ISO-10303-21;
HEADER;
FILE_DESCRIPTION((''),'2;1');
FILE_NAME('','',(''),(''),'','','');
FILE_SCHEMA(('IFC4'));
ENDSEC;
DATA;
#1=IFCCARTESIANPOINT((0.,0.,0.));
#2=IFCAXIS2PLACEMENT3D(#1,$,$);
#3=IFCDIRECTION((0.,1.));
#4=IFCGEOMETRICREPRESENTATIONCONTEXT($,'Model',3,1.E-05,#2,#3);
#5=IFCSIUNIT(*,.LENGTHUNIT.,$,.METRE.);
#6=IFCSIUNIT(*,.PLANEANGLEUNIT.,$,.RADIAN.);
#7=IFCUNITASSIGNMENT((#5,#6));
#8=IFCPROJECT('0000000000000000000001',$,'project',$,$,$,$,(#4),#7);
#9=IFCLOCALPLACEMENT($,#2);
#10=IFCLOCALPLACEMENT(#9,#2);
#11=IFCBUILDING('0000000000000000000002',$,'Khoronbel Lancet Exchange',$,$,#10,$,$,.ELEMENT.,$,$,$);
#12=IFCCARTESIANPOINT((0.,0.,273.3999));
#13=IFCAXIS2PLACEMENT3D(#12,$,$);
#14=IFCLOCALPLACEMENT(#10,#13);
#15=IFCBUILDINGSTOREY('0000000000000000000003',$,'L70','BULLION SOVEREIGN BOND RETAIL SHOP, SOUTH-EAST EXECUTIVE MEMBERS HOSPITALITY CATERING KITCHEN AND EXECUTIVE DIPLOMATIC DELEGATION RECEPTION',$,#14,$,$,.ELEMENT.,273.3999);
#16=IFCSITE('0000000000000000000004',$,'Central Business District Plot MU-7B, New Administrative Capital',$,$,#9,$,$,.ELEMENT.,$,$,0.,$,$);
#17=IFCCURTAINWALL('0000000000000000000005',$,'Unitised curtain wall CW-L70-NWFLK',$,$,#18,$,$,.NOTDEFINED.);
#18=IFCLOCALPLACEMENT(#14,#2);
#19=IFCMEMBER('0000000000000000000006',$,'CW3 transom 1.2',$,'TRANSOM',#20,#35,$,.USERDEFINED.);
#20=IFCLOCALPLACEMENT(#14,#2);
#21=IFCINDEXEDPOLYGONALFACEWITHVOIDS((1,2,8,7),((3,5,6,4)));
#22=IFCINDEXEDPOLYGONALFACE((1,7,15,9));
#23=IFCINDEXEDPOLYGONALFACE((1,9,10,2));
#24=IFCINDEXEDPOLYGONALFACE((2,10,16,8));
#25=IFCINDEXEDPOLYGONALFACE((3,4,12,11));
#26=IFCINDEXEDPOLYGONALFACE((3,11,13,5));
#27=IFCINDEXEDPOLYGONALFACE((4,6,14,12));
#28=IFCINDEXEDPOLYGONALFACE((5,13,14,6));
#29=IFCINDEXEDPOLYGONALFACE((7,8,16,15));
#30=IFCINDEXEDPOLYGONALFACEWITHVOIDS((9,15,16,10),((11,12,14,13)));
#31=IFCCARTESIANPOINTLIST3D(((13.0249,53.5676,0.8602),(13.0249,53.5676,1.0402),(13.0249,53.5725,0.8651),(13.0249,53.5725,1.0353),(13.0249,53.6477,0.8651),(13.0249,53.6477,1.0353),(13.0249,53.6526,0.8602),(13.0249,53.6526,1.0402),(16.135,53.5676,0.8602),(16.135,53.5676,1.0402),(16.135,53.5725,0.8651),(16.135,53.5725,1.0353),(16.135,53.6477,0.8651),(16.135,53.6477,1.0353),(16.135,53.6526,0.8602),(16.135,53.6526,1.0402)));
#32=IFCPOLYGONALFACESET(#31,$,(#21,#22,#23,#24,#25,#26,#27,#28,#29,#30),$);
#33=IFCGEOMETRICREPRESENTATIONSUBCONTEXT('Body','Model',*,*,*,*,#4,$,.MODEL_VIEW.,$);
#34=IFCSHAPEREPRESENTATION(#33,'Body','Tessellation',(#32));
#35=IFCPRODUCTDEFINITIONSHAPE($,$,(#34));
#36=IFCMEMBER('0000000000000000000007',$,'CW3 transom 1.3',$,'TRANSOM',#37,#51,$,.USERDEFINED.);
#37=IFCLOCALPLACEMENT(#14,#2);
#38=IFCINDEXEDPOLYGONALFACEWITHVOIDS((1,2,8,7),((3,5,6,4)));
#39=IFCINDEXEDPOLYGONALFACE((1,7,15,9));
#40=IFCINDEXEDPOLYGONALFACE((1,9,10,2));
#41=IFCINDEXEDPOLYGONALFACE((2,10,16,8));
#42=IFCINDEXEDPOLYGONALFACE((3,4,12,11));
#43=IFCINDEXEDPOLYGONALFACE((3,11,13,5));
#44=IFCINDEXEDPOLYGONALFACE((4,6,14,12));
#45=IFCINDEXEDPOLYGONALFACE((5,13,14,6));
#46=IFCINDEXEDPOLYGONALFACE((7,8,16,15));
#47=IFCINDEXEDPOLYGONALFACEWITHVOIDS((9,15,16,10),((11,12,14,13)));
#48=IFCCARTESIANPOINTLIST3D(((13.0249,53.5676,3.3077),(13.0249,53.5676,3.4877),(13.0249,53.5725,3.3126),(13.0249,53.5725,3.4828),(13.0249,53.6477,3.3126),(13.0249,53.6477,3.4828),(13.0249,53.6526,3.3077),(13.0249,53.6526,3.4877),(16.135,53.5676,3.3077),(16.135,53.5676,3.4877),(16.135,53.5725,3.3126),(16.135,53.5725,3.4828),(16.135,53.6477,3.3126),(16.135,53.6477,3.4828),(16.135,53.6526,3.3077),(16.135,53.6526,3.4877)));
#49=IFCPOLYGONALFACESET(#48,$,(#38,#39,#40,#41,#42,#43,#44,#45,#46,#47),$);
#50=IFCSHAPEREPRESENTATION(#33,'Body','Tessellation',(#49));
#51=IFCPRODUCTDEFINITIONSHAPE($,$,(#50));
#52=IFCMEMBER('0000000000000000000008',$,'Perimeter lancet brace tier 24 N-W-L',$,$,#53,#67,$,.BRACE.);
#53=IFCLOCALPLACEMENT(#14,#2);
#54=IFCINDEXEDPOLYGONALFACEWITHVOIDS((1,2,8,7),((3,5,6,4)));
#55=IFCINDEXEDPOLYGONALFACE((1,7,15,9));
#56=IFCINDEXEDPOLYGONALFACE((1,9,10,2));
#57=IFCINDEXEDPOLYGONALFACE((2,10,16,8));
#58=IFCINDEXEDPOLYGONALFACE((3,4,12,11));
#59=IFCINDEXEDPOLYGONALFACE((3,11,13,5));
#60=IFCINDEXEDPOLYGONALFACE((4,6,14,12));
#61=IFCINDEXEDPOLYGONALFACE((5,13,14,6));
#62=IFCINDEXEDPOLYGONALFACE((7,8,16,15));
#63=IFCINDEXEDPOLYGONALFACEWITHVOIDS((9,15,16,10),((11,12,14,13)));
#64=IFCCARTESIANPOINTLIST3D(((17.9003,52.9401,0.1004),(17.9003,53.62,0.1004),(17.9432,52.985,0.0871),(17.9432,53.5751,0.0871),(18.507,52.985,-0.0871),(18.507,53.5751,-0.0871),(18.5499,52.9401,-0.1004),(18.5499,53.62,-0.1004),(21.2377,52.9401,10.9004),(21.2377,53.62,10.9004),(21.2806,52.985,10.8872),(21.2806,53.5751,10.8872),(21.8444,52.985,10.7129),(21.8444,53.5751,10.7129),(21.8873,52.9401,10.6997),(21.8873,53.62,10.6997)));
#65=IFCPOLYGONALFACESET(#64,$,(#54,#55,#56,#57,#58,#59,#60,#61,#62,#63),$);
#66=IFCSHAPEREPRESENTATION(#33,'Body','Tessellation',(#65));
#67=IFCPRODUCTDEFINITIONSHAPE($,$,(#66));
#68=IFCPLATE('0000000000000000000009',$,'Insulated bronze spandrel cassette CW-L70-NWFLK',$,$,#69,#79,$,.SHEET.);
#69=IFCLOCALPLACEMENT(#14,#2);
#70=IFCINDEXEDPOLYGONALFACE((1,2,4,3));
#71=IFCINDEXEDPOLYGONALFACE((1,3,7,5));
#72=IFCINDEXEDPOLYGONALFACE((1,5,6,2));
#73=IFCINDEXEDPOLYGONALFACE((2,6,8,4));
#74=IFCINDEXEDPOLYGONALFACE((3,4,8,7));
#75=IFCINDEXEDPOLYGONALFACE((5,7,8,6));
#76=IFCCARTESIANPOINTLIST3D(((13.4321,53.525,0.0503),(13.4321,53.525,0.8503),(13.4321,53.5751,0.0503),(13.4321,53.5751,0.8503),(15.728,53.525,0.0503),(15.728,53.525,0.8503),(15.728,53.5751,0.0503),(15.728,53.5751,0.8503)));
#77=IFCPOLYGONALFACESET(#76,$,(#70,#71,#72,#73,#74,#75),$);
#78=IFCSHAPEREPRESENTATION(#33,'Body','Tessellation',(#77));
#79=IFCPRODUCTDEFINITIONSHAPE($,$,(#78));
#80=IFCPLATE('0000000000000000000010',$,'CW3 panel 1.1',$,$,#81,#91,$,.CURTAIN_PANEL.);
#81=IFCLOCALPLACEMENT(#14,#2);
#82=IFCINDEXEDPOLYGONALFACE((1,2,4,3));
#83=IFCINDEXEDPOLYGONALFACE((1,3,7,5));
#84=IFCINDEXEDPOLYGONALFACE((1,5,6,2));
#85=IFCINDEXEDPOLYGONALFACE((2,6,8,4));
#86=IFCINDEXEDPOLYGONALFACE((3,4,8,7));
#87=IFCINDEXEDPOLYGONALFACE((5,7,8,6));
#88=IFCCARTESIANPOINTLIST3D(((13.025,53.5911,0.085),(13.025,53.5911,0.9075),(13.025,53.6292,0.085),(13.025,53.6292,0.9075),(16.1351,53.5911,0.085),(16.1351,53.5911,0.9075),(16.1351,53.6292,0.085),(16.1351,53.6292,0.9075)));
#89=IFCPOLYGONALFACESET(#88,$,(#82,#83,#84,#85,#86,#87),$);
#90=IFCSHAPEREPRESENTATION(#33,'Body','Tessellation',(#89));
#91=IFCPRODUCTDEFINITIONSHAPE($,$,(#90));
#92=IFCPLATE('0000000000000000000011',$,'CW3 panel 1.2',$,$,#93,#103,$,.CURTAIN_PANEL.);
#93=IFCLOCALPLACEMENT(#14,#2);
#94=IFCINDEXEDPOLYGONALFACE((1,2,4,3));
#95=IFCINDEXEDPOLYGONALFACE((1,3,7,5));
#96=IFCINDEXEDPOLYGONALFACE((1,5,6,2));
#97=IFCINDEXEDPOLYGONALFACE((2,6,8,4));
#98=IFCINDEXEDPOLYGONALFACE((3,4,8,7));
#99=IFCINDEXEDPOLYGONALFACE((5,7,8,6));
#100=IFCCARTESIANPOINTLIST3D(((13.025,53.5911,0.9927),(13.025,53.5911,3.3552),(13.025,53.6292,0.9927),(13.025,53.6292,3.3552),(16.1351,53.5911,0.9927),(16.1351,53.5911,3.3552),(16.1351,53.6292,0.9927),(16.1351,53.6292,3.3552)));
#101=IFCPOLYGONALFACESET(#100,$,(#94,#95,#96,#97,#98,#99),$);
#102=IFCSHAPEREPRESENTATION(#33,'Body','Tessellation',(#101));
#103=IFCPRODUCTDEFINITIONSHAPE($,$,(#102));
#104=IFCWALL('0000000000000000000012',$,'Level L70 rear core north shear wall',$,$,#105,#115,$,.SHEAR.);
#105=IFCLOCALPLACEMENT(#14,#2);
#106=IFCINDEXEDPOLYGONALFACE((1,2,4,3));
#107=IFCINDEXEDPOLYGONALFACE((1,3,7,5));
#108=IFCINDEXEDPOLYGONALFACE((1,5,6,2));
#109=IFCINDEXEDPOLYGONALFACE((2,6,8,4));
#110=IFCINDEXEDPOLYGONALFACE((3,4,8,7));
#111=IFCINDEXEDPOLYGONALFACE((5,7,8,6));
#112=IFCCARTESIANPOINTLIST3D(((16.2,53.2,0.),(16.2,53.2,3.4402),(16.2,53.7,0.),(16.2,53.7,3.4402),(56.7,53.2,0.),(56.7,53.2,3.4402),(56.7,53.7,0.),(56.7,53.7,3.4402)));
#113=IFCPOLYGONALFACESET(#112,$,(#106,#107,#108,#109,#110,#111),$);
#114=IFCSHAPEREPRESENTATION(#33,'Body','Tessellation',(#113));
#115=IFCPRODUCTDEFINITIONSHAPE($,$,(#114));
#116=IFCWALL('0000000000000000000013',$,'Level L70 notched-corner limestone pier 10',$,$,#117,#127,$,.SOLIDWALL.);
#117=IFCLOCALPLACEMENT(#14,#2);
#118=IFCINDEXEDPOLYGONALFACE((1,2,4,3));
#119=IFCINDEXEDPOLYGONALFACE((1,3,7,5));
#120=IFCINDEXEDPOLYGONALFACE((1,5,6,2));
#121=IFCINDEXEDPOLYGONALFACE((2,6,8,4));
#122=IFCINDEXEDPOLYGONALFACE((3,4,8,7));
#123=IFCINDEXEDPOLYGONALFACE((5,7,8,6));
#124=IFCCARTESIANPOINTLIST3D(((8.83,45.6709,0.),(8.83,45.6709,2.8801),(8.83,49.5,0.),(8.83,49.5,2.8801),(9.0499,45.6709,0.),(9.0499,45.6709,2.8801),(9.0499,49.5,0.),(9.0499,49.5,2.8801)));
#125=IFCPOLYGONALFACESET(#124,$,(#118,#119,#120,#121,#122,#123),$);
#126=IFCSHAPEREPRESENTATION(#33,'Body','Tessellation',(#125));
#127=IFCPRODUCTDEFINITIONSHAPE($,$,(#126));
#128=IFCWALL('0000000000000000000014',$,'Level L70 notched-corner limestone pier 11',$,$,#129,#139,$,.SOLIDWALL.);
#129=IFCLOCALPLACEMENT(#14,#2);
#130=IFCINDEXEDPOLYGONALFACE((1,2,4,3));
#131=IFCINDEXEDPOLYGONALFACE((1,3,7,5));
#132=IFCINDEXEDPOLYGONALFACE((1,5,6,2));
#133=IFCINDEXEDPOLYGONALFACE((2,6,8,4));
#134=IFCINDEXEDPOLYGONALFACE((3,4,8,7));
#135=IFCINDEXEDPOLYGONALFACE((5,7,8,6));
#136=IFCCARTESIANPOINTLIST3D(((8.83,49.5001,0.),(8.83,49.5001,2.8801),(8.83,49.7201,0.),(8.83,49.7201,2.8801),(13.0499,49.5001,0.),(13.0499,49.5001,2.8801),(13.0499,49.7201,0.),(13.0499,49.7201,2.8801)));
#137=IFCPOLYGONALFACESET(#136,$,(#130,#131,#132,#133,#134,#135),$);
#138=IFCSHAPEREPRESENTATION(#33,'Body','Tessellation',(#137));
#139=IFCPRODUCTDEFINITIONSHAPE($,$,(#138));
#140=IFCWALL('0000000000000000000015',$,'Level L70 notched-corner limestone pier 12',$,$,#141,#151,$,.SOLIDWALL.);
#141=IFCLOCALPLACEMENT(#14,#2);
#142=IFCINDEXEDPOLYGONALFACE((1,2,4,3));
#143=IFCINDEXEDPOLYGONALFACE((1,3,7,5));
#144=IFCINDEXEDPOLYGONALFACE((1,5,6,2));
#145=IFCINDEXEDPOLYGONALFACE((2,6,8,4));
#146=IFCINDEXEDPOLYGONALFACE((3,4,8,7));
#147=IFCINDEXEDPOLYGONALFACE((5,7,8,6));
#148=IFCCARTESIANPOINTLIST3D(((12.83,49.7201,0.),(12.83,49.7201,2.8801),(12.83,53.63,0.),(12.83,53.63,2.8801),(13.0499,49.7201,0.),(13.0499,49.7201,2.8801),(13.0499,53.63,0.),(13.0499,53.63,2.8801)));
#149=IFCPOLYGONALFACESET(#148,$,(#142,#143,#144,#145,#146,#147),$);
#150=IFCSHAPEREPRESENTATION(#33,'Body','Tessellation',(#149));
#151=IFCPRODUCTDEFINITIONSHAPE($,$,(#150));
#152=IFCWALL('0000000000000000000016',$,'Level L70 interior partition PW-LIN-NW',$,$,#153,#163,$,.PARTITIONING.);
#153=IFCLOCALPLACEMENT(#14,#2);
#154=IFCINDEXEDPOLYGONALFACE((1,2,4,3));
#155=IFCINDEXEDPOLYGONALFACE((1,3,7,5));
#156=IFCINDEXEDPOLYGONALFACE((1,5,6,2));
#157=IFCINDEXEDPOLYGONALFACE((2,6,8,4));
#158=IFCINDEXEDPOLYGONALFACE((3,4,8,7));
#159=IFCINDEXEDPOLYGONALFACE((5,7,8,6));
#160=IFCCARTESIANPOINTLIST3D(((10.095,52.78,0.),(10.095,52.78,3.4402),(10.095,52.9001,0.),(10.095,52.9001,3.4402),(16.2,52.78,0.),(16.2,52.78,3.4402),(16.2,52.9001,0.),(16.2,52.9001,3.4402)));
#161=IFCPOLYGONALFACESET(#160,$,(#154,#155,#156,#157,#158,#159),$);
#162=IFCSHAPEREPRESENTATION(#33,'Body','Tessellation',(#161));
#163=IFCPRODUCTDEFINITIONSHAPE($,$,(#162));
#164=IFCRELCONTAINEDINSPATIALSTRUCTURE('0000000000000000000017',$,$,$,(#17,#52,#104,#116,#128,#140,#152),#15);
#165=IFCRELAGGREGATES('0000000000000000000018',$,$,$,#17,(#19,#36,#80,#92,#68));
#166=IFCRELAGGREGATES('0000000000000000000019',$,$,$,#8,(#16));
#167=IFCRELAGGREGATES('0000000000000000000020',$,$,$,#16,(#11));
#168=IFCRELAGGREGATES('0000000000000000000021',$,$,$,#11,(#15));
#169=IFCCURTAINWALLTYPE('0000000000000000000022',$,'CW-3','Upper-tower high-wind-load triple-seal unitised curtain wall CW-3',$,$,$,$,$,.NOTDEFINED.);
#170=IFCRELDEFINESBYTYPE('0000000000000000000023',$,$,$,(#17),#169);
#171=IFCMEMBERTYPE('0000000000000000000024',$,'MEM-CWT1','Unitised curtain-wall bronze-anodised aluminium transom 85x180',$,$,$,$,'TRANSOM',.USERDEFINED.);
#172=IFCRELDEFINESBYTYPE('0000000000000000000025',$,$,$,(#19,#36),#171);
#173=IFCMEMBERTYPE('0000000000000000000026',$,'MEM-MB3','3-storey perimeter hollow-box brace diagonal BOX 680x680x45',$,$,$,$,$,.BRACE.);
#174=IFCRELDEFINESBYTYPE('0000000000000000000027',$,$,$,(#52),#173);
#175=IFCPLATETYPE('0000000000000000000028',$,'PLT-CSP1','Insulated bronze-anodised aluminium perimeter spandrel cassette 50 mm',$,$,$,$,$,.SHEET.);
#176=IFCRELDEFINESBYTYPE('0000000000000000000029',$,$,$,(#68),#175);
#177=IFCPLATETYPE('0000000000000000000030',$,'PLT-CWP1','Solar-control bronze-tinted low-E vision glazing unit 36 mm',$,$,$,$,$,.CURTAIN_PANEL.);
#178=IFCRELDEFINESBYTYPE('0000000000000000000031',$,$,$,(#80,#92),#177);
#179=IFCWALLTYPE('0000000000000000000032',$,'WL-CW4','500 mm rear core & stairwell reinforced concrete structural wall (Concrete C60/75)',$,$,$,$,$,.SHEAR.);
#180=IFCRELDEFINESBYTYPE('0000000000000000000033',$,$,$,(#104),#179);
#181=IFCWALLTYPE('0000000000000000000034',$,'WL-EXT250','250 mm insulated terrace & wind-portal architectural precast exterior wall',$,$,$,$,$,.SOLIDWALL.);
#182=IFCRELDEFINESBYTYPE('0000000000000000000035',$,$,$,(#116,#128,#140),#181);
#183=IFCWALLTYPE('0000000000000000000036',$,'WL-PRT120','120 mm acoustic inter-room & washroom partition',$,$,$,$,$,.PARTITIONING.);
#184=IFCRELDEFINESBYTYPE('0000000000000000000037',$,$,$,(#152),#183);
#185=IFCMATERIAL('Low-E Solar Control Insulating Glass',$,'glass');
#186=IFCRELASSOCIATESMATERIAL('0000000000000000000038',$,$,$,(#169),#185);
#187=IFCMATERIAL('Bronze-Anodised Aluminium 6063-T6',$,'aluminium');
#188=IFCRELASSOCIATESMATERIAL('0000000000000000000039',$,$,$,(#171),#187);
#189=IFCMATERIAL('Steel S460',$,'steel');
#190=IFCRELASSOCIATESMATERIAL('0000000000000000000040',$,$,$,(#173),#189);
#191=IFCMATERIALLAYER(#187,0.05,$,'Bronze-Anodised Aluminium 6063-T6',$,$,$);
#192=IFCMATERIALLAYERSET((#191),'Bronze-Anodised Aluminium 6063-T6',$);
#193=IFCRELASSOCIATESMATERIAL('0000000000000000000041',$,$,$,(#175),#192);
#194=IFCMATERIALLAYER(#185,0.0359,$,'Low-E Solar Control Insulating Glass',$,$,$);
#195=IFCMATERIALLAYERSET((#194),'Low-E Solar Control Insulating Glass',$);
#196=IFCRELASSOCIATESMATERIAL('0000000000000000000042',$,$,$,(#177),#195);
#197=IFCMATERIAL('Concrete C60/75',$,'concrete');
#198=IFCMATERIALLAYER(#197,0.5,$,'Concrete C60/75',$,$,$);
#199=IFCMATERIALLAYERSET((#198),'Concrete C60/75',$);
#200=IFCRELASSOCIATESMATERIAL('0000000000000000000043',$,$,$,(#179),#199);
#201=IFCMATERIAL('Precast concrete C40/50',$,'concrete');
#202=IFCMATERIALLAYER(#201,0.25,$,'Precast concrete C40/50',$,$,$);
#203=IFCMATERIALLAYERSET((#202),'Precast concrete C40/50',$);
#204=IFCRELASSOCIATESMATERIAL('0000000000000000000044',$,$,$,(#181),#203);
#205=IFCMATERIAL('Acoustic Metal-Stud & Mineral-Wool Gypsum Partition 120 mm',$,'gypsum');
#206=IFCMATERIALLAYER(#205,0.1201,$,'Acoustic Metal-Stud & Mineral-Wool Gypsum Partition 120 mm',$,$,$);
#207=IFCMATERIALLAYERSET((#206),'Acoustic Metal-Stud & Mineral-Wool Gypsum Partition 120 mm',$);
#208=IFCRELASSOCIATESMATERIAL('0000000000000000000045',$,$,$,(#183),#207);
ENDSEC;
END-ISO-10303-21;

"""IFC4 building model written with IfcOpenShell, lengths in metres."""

from ifc_helpers import new_model, si_unit, direction, frame, frame_2d, origin, origin_2d, place, context, subcontext, project, spatial, rectangle, hollow_rectangle, extrude, material, layer, layer_set, material_profile, profile_set, type_object, element, aggregate, save


model = new_model("IFC4")

# Units and contexts
model_context = context("Model", 3, precision=1e-05, world=origin(), true_north=direction((0.0, 1.0)))
body_context = subcontext(model_context, "Body", "Model", "MODEL_VIEW")
ifc_project = project(units=[si_unit("LENGTHUNIT", "METRE"), si_unit("PLANEANGLEUNIT", "RADIAN")], contexts=[model_context])

# Site, building, storey
site_placement = place(None, origin())
site = spatial("IfcSite", under=ifc_project, at=site_placement, Name="Central Business District Plot MU-7B, New Administrative Capital", CompositionType="ELEMENT", RefElevation=0.0)
building_placement = place(site_placement, origin())
building = spatial("IfcBuilding", under=site, at=building_placement, Name="Khoronbel Lancet Exchange", CompositionType="ELEMENT")
storey_placement = place(building_placement, frame((0.0, 0.0, 273.3999)))
storey = spatial("IfcBuildingStorey", under=building, at=storey_placement, Name="L70", Description="BULLION SOVEREIGN BOND RETAIL SHOP, SOUTH-EAST EXECUTIVE MEMBERS HOSPITALITY CATERING KITCHEN AND EXECUTIVE DIPLOMATIC DELEGATION RECEPTION", CompositionType="ELEMENT", Elevation=273.3999)

# Shared definitions
ifc_material_1 = material(Name="Steel S460", Category="steel")

# Curtain wall, members
ifc_material_2 = material(Name="Low-E Solar Control Insulating Glass", Category="glass")
curtain_wall_type = type_object("IfcCurtainWallType", Name="CW-3", Description="Upper-tower high-wind-load triple-seal unitised curtain wall CW-3", PredefinedType="NOTDEFINED", material=ifc_material_2)
curtain_wall_placement = place(storey_placement, origin())
curtain_wall = element("IfcCurtainWall", 1, at=curtain_wall_placement, inside=storey, type_object=curtain_wall_type, Name="Unitised curtain wall CW-L70-NWFLK", PredefinedType="NOTDEFINED")
ifc_material_3 = material(Name="Bronze-Anodised Aluminium 6063-T6", Category="aluminium")
ifc_material_profile_1 = material_profile(ifc_material_3, hollow_rectangle(XDim=0.085, YDim=0.1799, WallThickness=0.0049, at=origin_2d()), Name="ALU TRANSOM 85x180")
ifc_profile_set_1 = profile_set([ifc_material_profile_1], Name="Bronze-Anodised Aluminium 6063-T6")
member_type_1 = type_object("IfcMemberType", Name="MEM-CWT1", Description="Unitised curtain-wall bronze-anodised aluminium transom 85x180", ElementType="TRANSOM", PredefinedType="USERDEFINED", material=ifc_profile_set_1)
member_1_placement = place(storey_placement, frame((16.135, 53.6101, 0.9502), z_axis=(-1.0, 0.0, 0.0), x_axis=(0.0, -1.0, 0.0)))
member_1 = element("IfcMember", 2, at=member_1_placement, type_object=member_type_1, Name="CW3 transom 1.2", ObjectType="TRANSOM", PredefinedType="USERDEFINED", context=body_context, shape_type="SweptSolid", body=[
    extrude(hollow_rectangle(XDim=0.085, YDim=0.1799, WallThickness=0.0049, at=origin_2d()), origin(), (0.0, 0.0, 1.0), 3.1101),
])
member_2_placement = place(storey_placement, frame((16.135, 53.6101, 3.3977), z_axis=(-1.0, 0.0, 0.0), x_axis=(0.0, -1.0, 0.0)))
member_2 = element("IfcMember", 3, at=member_2_placement, type_object=member_type_1, Name="CW3 transom 1.3", ObjectType="TRANSOM", PredefinedType="USERDEFINED", context=body_context, shape_type="SweptSolid", body=[
    extrude(hollow_rectangle(XDim=0.085, YDim=0.1799, WallThickness=0.0049, at=origin_2d()), origin(), (0.0, 0.0, 1.0), 3.1101),
])

# Member
ifc_material_profile_2 = material_profile(ifc_material_1, hollow_rectangle(XDim=0.6799, YDim=0.6799, WallThickness=0.0449, at=origin_2d()), Name="BOX 680x680x45")
ifc_profile_set_2 = profile_set([ifc_material_profile_2], Name="Steel S460")
member_type_2 = type_object("IfcMemberType", Name="MEM-MB3", Description="3-storey perimeter hollow-box brace diagonal BOX 680x680x45", PredefinedType="BRACE", material=ifc_profile_set_2)
member_3_placement = place(storey_placement, frame((18.2251, 53.28, 0.0), z_axis=(0.295242, 0.0, 0.955422), x_axis=(0.0, 1.0, 0.0)))
element("IfcMember", 4, at=member_3_placement, inside=storey, type_object=member_type_2, Name="Perimeter lancet brace tier 24 N-W-L", PredefinedType="BRACE", context=body_context, shape_type="SweptSolid", body=[
    extrude(hollow_rectangle(XDim=0.6799, YDim=0.6799, WallThickness=0.0449, at=origin_2d()), origin(), (0.0, 0.0, 1.0), 11.304),
])

# Plates
ifc_layer_1 = layer(ifc_material_3, 0.05, Name="Bronze-Anodised Aluminium 6063-T6")
ifc_layer_set_1 = layer_set([ifc_layer_1], Name="Bronze-Anodised Aluminium 6063-T6")
plate_type_1 = type_object("IfcPlateType", Name="PLT-CSP1", Description="Insulated bronze-anodised aluminium perimeter spandrel cassette 50 mm", PredefinedType="SHEET", material=ifc_layer_set_1)
plate_1_placement = place(storey_placement, frame((14.5801, 53.55, 0.0503), z_axis=(0.0, 0.0, 1.0), x_axis=(-1.0, 0.0, 0.0)))
plate_1 = element("IfcPlate", 5, at=plate_1_placement, type_object=plate_type_1, Name="Insulated bronze spandrel cassette CW-L70-NWFLK", PredefinedType="SHEET", context=body_context, shape_type="SweptSolid", body=[
    extrude(rectangle(XDim=2.2959, YDim=0.05, at=origin_2d()), origin(), (0.0, 0.0, 1.0), 0.8),
])
ifc_layer_2 = layer(ifc_material_2, 0.0359, Name="Low-E Solar Control Insulating Glass")
ifc_layer_set_2 = layer_set([ifc_layer_2], Name="Low-E Solar Control Insulating Glass")
plate_type_2 = type_object("IfcPlateType", Name="PLT-CWP1", Description="Solar-control bronze-tinted low-E vision glazing unit 36 mm", PredefinedType="CURTAIN_PANEL", material=ifc_layer_set_2)
plate_2_placement = place(storey_placement, frame((14.5801, 53.6101, 0.085), z_axis=(0.0, 0.0, 1.0), x_axis=(-1.0, 0.0, 0.0)))
plate_2 = element("IfcPlate", 6, at=plate_2_placement, type_object=plate_type_2, Name="CW3 panel 1.1", PredefinedType="CURTAIN_PANEL", context=body_context, shape_type="SweptSolid", body=[
    extrude(rectangle(XDim=3.1101, YDim=0.0381, at=origin_2d()), origin(), (0.0, 0.0, 1.0), 0.8225),
])
plate_3_placement = place(storey_placement, frame((14.5801, 53.6101, 0.9927), z_axis=(0.0, 0.0, 1.0), x_axis=(-1.0, 0.0, 0.0)))
plate_3 = element("IfcPlate", 7, at=plate_3_placement, type_object=plate_type_2, Name="CW3 panel 1.2", PredefinedType="CURTAIN_PANEL", context=body_context, shape_type="SweptSolid", body=[
    extrude(rectangle(XDim=3.1101, YDim=0.0381, at=origin_2d()), origin(), (0.0, 0.0, 1.0), 2.3625),
])
aggregate(curtain_wall, [member_1, member_2, plate_2, plate_3, plate_1])

# Walls
ifc_material_4 = material(Name="Concrete C60/75", Category="concrete")
ifc_layer_3 = layer(ifc_material_4, 0.5, Name="Concrete C60/75")
ifc_layer_set_3 = layer_set([ifc_layer_3], Name="Concrete C60/75")
wall_type_1 = type_object("IfcWallType", Name="WL-CW4", Description="500 mm rear core & stairwell reinforced concrete structural wall (Concrete C60/75)", PredefinedType="SHEAR", material=ifc_layer_set_3)
wall_1_placement = place(storey_placement, frame((16.2, 53.45, 0.0), z_axis=(0.0, 0.0, 1.0), x_axis=(1.0, 0.0, 0.0)))
element("IfcWall", 8, at=wall_1_placement, inside=storey, type_object=wall_type_1, Name="Level L70 rear core north shear wall", PredefinedType="SHEAR", context=body_context, shape_type="SweptSolid", body=[
    extrude(rectangle(XDim=40.5, YDim=0.5, at=frame_2d((20.25, 0.0))), origin(), (0.0, 0.0, 1.0), 3.4402),
])
ifc_material_5 = material(Name="Precast concrete C40/50", Category="concrete")
ifc_layer_4 = layer(ifc_material_5, 0.25, Name="Precast concrete C40/50")
ifc_layer_set_4 = layer_set([ifc_layer_4], Name="Precast concrete C40/50")
wall_type_2 = type_object("IfcWallType", Name="WL-EXT250", Description="250 mm insulated terrace & wind-portal architectural precast exterior wall", PredefinedType="SOLIDWALL", material=ifc_layer_set_4)
wall_2_placement = place(storey_placement, frame((8.9399, 45.6709, 0.0), z_axis=(0.0, 0.0, 1.0), x_axis=(0.0, 1.0, 0.0)))
element("IfcWall", 9, at=wall_2_placement, inside=storey, type_object=wall_type_2, Name="Level L70 notched-corner limestone pier 10", PredefinedType="SOLIDWALL", context=body_context, shape_type="SweptSolid", body=[
    extrude(rectangle(XDim=3.8291, YDim=0.22, at=frame_2d((1.9146, 0.0))), origin(), (0.0, 0.0, 1.0), 2.8801),
])
wall_3_placement = place(storey_placement, frame((8.8301, 49.6101, 0.0), z_axis=(0.0, 0.0, 1.0), x_axis=(1.0, 0.0, 0.0)))
element("IfcWall", 10, at=wall_3_placement, inside=storey, type_object=wall_type_2, Name="Level L70 notched-corner limestone pier 11", PredefinedType="SOLIDWALL", context=body_context, shape_type="SweptSolid", body=[
    extrude(rectangle(XDim=4.22, YDim=0.22, at=frame_2d((2.1099, 0.0))), origin(), (0.0, 0.0, 1.0), 2.8801),
])
wall_4_placement = place(storey_placement, frame((12.9399, 49.72, 0.0), z_axis=(0.0, 0.0, 1.0), x_axis=(0.0, 1.0, 0.0)))
element("IfcWall", 11, at=wall_4_placement, inside=storey, type_object=wall_type_2, Name="Level L70 notched-corner limestone pier 12", PredefinedType="SOLIDWALL", context=body_context, shape_type="SweptSolid", body=[
    extrude(rectangle(XDim=3.9099, YDim=0.22, at=frame_2d((1.9551, 0.0))), origin(), (0.0, 0.0, 1.0), 2.8801),
])
ifc_material_6 = material(Name="Acoustic Metal-Stud & Mineral-Wool Gypsum Partition 120 mm", Category="gypsum")
ifc_layer_5 = layer(ifc_material_6, 0.1201, Name="Acoustic Metal-Stud & Mineral-Wool Gypsum Partition 120 mm")
ifc_layer_set_5 = layer_set([ifc_layer_5], Name="Acoustic Metal-Stud & Mineral-Wool Gypsum Partition 120 mm")
wall_type_3 = type_object("IfcWallType", Name="WL-PRT120", Description="120 mm acoustic inter-room & washroom partition", PredefinedType="PARTITIONING", material=ifc_layer_set_5)
wall_5_placement = place(storey_placement, frame((10.095, 52.8401, 0.0), z_axis=(0.0, 0.0, 1.0), x_axis=(1.0, 0.0, 0.0)))
element("IfcWall", 12, at=wall_5_placement, inside=storey, type_object=wall_type_3, Name="Level L70 interior partition PW-LIN-NW", PredefinedType="PARTITIONING", context=body_context, shape_type="SweptSolid", body=[
    extrude(rectangle(XDim=6.105, YDim=0.1201, at=frame_2d((3.0525, 0.0))), origin(), (0.0, 0.0, 1.0), 3.4402),
])

save(model, "model.ifc")
